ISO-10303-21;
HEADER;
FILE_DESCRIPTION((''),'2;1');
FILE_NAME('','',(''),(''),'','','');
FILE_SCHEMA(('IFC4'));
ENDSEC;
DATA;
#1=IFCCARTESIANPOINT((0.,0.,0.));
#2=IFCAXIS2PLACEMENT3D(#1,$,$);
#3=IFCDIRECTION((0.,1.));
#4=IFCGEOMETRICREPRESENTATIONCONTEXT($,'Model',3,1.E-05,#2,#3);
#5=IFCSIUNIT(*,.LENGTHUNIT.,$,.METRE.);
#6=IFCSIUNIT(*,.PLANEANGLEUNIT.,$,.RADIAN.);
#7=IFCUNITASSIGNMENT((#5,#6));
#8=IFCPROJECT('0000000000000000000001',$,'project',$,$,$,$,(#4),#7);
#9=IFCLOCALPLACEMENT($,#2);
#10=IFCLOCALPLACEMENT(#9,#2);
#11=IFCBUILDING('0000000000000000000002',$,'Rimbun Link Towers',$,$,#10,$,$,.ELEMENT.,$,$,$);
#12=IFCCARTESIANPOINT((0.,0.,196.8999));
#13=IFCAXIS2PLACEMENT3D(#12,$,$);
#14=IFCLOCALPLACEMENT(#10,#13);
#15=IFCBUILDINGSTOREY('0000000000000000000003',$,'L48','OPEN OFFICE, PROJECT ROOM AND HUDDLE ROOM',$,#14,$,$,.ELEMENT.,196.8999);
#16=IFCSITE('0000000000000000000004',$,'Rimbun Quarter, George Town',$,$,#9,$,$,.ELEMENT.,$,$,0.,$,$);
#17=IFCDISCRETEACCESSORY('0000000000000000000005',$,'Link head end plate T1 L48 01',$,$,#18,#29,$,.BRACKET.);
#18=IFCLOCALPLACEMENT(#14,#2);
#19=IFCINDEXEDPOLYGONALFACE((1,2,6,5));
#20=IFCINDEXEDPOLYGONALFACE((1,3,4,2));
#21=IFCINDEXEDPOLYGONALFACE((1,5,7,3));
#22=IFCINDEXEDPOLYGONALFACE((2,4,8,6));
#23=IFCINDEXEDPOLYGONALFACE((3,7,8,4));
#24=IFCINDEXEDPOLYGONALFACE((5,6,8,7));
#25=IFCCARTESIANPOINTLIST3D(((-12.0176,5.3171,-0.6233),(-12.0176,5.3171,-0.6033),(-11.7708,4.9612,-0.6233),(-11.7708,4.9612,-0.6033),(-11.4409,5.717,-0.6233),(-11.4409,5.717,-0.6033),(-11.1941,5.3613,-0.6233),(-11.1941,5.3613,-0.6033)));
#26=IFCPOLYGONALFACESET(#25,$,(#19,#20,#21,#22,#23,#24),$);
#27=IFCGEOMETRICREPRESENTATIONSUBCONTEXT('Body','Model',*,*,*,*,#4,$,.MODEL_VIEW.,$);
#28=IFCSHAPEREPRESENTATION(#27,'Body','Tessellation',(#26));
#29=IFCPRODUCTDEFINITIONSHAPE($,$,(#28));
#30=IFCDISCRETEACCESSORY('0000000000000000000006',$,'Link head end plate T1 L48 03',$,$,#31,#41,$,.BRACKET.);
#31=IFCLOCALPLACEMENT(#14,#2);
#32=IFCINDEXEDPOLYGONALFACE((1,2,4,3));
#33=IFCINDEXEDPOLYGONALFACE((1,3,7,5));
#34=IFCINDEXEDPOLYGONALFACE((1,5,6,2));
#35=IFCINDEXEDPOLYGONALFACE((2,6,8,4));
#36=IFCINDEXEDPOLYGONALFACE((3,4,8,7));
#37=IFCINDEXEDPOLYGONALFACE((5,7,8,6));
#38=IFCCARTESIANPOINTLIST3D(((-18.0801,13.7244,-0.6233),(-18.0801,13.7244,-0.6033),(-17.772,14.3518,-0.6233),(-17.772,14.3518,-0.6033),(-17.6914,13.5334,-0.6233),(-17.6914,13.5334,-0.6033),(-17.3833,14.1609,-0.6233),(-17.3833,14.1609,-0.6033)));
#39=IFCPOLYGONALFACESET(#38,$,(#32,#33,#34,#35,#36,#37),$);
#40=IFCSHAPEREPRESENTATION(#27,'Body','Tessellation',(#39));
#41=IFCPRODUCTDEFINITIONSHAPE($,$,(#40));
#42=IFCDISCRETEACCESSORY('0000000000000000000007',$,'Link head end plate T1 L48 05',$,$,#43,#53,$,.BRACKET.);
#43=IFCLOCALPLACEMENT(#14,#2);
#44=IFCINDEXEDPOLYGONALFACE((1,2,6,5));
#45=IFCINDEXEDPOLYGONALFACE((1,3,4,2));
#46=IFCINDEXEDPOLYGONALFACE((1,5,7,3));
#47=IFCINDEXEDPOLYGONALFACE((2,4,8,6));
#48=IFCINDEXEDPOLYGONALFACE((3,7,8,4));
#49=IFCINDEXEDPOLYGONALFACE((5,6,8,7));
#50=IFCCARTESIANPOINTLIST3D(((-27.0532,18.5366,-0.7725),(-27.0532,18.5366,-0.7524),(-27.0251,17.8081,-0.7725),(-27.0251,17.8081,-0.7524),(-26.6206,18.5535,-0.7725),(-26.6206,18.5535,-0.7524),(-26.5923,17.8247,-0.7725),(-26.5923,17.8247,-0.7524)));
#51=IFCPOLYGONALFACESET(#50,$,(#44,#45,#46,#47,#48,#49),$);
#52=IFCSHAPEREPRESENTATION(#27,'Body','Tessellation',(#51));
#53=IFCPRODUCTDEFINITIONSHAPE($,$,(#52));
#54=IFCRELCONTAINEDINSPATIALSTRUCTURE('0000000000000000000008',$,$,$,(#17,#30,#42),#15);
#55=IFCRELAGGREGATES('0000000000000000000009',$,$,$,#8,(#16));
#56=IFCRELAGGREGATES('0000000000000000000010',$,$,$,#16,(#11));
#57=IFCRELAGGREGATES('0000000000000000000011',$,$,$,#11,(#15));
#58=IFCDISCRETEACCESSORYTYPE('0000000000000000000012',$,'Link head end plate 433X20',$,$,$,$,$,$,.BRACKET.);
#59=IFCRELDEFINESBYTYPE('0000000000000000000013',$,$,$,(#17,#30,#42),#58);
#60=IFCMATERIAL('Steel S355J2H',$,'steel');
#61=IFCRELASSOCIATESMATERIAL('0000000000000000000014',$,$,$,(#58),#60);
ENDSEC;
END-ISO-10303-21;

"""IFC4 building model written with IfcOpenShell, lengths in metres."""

from ifc_helpers import new_model, si_unit, direction, frame, origin, origin_2d, place, context, subcontext, project, spatial, polyline, rectangle, outline, extrude, material, material_profile, profile_set, type_object, element, save


model = new_model("IFC4")

# Units and contexts
model_context = context("Model", 3, precision=1e-05, world=origin(), true_north=direction((0.0, 1.0)))
body_context = subcontext(model_context, "Body", "Model", "MODEL_VIEW")
ifc_project = project(units=[si_unit("LENGTHUNIT", "METRE"), si_unit("PLANEANGLEUNIT", "RADIAN")], contexts=[model_context])

# Site, building, storey
site_placement = place(None, origin())
site = spatial("IfcSite", under=ifc_project, at=site_placement, Name="Rimbun Quarter, George Town", CompositionType="ELEMENT", RefElevation=0.0)
building_placement = place(site_placement, origin())
building = spatial("IfcBuilding", under=site, at=building_placement, Name="Rimbun Link Towers", CompositionType="ELEMENT")
storey_placement = place(building_placement, frame((0.0, 0.0, 196.8999)))
storey = spatial("IfcBuildingStorey", under=building, at=storey_placement, Name="L48", Description="OPEN OFFICE, PROJECT ROOM AND HUDDLE ROOM", CompositionType="ELEMENT", Elevation=196.8999)

# Discrete accessories
ifc_material_1 = material(Name="Steel S355J2H", Category="steel")
ifc_material_profile_1 = material_profile(ifc_material_1, rectangle(XDim=0.4331, YDim=0.4331, at=origin_2d()), Name="PL 433x433")
ifc_profile_set_1 = profile_set([ifc_material_profile_1], Name="Steel S355J2H")
discrete_accessory_type_1 = type_object("IfcDiscreteAccessoryType", Name="Link head end plate 433X20", PredefinedType="BRACKET", material=ifc_profile_set_1)
discrete_accessory_1_placement = place(storey_placement, frame((0.0, 0.0, -0.6233)))
element("IfcDiscreteAccessory", 1, at=discrete_accessory_1_placement, inside=storey, type_object=discrete_accessory_type_1, Name="Link head end plate T1 L48 01", PredefinedType="BRACKET", context=body_context, shape_type="SweptSolid", body=[
    extrude(outline(polyline([(-11.7708, 4.9612), (-11.1941, 5.3613), (-11.4409, 5.717), (-12.0176, 5.3171), (-11.7708, 4.9612)])), origin(), (0.0, 0.0, 1.0), 0.02),
])
discrete_accessory_2_placement = place(storey_placement, frame((0.0, 0.0, -0.6233)))
element("IfcDiscreteAccessory", 2, at=discrete_accessory_2_placement, inside=storey, type_object=discrete_accessory_type_1, Name="Link head end plate T1 L48 03", PredefinedType="BRACKET", context=body_context, shape_type="SweptSolid", body=[
    extrude(outline(polyline([(-17.6914, 13.5334), (-17.3833, 14.1609), (-17.772, 14.3518), (-18.0801, 13.7244), (-17.6914, 13.5334)])), origin(), (0.0, 0.0, 1.0), 0.02),
])
discrete_accessory_3_placement = place(storey_placement, frame((0.0, 0.0, -0.7725)))
element("IfcDiscreteAccessory", 3, at=discrete_accessory_3_placement, inside=storey, type_object=discrete_accessory_type_1, Name="Link head end plate T1 L48 05", PredefinedType="BRACKET", context=body_context, shape_type="SweptSolid", body=[
    extrude(outline(polyline([(-26.5923, 17.8247), (-26.6206, 18.5535), (-27.0532, 18.5366), (-27.0251, 17.8081), (-26.5923, 17.8247)])), origin(), (0.0, 0.0, 1.0), 0.02),
])

save(model, "model.ifc")
